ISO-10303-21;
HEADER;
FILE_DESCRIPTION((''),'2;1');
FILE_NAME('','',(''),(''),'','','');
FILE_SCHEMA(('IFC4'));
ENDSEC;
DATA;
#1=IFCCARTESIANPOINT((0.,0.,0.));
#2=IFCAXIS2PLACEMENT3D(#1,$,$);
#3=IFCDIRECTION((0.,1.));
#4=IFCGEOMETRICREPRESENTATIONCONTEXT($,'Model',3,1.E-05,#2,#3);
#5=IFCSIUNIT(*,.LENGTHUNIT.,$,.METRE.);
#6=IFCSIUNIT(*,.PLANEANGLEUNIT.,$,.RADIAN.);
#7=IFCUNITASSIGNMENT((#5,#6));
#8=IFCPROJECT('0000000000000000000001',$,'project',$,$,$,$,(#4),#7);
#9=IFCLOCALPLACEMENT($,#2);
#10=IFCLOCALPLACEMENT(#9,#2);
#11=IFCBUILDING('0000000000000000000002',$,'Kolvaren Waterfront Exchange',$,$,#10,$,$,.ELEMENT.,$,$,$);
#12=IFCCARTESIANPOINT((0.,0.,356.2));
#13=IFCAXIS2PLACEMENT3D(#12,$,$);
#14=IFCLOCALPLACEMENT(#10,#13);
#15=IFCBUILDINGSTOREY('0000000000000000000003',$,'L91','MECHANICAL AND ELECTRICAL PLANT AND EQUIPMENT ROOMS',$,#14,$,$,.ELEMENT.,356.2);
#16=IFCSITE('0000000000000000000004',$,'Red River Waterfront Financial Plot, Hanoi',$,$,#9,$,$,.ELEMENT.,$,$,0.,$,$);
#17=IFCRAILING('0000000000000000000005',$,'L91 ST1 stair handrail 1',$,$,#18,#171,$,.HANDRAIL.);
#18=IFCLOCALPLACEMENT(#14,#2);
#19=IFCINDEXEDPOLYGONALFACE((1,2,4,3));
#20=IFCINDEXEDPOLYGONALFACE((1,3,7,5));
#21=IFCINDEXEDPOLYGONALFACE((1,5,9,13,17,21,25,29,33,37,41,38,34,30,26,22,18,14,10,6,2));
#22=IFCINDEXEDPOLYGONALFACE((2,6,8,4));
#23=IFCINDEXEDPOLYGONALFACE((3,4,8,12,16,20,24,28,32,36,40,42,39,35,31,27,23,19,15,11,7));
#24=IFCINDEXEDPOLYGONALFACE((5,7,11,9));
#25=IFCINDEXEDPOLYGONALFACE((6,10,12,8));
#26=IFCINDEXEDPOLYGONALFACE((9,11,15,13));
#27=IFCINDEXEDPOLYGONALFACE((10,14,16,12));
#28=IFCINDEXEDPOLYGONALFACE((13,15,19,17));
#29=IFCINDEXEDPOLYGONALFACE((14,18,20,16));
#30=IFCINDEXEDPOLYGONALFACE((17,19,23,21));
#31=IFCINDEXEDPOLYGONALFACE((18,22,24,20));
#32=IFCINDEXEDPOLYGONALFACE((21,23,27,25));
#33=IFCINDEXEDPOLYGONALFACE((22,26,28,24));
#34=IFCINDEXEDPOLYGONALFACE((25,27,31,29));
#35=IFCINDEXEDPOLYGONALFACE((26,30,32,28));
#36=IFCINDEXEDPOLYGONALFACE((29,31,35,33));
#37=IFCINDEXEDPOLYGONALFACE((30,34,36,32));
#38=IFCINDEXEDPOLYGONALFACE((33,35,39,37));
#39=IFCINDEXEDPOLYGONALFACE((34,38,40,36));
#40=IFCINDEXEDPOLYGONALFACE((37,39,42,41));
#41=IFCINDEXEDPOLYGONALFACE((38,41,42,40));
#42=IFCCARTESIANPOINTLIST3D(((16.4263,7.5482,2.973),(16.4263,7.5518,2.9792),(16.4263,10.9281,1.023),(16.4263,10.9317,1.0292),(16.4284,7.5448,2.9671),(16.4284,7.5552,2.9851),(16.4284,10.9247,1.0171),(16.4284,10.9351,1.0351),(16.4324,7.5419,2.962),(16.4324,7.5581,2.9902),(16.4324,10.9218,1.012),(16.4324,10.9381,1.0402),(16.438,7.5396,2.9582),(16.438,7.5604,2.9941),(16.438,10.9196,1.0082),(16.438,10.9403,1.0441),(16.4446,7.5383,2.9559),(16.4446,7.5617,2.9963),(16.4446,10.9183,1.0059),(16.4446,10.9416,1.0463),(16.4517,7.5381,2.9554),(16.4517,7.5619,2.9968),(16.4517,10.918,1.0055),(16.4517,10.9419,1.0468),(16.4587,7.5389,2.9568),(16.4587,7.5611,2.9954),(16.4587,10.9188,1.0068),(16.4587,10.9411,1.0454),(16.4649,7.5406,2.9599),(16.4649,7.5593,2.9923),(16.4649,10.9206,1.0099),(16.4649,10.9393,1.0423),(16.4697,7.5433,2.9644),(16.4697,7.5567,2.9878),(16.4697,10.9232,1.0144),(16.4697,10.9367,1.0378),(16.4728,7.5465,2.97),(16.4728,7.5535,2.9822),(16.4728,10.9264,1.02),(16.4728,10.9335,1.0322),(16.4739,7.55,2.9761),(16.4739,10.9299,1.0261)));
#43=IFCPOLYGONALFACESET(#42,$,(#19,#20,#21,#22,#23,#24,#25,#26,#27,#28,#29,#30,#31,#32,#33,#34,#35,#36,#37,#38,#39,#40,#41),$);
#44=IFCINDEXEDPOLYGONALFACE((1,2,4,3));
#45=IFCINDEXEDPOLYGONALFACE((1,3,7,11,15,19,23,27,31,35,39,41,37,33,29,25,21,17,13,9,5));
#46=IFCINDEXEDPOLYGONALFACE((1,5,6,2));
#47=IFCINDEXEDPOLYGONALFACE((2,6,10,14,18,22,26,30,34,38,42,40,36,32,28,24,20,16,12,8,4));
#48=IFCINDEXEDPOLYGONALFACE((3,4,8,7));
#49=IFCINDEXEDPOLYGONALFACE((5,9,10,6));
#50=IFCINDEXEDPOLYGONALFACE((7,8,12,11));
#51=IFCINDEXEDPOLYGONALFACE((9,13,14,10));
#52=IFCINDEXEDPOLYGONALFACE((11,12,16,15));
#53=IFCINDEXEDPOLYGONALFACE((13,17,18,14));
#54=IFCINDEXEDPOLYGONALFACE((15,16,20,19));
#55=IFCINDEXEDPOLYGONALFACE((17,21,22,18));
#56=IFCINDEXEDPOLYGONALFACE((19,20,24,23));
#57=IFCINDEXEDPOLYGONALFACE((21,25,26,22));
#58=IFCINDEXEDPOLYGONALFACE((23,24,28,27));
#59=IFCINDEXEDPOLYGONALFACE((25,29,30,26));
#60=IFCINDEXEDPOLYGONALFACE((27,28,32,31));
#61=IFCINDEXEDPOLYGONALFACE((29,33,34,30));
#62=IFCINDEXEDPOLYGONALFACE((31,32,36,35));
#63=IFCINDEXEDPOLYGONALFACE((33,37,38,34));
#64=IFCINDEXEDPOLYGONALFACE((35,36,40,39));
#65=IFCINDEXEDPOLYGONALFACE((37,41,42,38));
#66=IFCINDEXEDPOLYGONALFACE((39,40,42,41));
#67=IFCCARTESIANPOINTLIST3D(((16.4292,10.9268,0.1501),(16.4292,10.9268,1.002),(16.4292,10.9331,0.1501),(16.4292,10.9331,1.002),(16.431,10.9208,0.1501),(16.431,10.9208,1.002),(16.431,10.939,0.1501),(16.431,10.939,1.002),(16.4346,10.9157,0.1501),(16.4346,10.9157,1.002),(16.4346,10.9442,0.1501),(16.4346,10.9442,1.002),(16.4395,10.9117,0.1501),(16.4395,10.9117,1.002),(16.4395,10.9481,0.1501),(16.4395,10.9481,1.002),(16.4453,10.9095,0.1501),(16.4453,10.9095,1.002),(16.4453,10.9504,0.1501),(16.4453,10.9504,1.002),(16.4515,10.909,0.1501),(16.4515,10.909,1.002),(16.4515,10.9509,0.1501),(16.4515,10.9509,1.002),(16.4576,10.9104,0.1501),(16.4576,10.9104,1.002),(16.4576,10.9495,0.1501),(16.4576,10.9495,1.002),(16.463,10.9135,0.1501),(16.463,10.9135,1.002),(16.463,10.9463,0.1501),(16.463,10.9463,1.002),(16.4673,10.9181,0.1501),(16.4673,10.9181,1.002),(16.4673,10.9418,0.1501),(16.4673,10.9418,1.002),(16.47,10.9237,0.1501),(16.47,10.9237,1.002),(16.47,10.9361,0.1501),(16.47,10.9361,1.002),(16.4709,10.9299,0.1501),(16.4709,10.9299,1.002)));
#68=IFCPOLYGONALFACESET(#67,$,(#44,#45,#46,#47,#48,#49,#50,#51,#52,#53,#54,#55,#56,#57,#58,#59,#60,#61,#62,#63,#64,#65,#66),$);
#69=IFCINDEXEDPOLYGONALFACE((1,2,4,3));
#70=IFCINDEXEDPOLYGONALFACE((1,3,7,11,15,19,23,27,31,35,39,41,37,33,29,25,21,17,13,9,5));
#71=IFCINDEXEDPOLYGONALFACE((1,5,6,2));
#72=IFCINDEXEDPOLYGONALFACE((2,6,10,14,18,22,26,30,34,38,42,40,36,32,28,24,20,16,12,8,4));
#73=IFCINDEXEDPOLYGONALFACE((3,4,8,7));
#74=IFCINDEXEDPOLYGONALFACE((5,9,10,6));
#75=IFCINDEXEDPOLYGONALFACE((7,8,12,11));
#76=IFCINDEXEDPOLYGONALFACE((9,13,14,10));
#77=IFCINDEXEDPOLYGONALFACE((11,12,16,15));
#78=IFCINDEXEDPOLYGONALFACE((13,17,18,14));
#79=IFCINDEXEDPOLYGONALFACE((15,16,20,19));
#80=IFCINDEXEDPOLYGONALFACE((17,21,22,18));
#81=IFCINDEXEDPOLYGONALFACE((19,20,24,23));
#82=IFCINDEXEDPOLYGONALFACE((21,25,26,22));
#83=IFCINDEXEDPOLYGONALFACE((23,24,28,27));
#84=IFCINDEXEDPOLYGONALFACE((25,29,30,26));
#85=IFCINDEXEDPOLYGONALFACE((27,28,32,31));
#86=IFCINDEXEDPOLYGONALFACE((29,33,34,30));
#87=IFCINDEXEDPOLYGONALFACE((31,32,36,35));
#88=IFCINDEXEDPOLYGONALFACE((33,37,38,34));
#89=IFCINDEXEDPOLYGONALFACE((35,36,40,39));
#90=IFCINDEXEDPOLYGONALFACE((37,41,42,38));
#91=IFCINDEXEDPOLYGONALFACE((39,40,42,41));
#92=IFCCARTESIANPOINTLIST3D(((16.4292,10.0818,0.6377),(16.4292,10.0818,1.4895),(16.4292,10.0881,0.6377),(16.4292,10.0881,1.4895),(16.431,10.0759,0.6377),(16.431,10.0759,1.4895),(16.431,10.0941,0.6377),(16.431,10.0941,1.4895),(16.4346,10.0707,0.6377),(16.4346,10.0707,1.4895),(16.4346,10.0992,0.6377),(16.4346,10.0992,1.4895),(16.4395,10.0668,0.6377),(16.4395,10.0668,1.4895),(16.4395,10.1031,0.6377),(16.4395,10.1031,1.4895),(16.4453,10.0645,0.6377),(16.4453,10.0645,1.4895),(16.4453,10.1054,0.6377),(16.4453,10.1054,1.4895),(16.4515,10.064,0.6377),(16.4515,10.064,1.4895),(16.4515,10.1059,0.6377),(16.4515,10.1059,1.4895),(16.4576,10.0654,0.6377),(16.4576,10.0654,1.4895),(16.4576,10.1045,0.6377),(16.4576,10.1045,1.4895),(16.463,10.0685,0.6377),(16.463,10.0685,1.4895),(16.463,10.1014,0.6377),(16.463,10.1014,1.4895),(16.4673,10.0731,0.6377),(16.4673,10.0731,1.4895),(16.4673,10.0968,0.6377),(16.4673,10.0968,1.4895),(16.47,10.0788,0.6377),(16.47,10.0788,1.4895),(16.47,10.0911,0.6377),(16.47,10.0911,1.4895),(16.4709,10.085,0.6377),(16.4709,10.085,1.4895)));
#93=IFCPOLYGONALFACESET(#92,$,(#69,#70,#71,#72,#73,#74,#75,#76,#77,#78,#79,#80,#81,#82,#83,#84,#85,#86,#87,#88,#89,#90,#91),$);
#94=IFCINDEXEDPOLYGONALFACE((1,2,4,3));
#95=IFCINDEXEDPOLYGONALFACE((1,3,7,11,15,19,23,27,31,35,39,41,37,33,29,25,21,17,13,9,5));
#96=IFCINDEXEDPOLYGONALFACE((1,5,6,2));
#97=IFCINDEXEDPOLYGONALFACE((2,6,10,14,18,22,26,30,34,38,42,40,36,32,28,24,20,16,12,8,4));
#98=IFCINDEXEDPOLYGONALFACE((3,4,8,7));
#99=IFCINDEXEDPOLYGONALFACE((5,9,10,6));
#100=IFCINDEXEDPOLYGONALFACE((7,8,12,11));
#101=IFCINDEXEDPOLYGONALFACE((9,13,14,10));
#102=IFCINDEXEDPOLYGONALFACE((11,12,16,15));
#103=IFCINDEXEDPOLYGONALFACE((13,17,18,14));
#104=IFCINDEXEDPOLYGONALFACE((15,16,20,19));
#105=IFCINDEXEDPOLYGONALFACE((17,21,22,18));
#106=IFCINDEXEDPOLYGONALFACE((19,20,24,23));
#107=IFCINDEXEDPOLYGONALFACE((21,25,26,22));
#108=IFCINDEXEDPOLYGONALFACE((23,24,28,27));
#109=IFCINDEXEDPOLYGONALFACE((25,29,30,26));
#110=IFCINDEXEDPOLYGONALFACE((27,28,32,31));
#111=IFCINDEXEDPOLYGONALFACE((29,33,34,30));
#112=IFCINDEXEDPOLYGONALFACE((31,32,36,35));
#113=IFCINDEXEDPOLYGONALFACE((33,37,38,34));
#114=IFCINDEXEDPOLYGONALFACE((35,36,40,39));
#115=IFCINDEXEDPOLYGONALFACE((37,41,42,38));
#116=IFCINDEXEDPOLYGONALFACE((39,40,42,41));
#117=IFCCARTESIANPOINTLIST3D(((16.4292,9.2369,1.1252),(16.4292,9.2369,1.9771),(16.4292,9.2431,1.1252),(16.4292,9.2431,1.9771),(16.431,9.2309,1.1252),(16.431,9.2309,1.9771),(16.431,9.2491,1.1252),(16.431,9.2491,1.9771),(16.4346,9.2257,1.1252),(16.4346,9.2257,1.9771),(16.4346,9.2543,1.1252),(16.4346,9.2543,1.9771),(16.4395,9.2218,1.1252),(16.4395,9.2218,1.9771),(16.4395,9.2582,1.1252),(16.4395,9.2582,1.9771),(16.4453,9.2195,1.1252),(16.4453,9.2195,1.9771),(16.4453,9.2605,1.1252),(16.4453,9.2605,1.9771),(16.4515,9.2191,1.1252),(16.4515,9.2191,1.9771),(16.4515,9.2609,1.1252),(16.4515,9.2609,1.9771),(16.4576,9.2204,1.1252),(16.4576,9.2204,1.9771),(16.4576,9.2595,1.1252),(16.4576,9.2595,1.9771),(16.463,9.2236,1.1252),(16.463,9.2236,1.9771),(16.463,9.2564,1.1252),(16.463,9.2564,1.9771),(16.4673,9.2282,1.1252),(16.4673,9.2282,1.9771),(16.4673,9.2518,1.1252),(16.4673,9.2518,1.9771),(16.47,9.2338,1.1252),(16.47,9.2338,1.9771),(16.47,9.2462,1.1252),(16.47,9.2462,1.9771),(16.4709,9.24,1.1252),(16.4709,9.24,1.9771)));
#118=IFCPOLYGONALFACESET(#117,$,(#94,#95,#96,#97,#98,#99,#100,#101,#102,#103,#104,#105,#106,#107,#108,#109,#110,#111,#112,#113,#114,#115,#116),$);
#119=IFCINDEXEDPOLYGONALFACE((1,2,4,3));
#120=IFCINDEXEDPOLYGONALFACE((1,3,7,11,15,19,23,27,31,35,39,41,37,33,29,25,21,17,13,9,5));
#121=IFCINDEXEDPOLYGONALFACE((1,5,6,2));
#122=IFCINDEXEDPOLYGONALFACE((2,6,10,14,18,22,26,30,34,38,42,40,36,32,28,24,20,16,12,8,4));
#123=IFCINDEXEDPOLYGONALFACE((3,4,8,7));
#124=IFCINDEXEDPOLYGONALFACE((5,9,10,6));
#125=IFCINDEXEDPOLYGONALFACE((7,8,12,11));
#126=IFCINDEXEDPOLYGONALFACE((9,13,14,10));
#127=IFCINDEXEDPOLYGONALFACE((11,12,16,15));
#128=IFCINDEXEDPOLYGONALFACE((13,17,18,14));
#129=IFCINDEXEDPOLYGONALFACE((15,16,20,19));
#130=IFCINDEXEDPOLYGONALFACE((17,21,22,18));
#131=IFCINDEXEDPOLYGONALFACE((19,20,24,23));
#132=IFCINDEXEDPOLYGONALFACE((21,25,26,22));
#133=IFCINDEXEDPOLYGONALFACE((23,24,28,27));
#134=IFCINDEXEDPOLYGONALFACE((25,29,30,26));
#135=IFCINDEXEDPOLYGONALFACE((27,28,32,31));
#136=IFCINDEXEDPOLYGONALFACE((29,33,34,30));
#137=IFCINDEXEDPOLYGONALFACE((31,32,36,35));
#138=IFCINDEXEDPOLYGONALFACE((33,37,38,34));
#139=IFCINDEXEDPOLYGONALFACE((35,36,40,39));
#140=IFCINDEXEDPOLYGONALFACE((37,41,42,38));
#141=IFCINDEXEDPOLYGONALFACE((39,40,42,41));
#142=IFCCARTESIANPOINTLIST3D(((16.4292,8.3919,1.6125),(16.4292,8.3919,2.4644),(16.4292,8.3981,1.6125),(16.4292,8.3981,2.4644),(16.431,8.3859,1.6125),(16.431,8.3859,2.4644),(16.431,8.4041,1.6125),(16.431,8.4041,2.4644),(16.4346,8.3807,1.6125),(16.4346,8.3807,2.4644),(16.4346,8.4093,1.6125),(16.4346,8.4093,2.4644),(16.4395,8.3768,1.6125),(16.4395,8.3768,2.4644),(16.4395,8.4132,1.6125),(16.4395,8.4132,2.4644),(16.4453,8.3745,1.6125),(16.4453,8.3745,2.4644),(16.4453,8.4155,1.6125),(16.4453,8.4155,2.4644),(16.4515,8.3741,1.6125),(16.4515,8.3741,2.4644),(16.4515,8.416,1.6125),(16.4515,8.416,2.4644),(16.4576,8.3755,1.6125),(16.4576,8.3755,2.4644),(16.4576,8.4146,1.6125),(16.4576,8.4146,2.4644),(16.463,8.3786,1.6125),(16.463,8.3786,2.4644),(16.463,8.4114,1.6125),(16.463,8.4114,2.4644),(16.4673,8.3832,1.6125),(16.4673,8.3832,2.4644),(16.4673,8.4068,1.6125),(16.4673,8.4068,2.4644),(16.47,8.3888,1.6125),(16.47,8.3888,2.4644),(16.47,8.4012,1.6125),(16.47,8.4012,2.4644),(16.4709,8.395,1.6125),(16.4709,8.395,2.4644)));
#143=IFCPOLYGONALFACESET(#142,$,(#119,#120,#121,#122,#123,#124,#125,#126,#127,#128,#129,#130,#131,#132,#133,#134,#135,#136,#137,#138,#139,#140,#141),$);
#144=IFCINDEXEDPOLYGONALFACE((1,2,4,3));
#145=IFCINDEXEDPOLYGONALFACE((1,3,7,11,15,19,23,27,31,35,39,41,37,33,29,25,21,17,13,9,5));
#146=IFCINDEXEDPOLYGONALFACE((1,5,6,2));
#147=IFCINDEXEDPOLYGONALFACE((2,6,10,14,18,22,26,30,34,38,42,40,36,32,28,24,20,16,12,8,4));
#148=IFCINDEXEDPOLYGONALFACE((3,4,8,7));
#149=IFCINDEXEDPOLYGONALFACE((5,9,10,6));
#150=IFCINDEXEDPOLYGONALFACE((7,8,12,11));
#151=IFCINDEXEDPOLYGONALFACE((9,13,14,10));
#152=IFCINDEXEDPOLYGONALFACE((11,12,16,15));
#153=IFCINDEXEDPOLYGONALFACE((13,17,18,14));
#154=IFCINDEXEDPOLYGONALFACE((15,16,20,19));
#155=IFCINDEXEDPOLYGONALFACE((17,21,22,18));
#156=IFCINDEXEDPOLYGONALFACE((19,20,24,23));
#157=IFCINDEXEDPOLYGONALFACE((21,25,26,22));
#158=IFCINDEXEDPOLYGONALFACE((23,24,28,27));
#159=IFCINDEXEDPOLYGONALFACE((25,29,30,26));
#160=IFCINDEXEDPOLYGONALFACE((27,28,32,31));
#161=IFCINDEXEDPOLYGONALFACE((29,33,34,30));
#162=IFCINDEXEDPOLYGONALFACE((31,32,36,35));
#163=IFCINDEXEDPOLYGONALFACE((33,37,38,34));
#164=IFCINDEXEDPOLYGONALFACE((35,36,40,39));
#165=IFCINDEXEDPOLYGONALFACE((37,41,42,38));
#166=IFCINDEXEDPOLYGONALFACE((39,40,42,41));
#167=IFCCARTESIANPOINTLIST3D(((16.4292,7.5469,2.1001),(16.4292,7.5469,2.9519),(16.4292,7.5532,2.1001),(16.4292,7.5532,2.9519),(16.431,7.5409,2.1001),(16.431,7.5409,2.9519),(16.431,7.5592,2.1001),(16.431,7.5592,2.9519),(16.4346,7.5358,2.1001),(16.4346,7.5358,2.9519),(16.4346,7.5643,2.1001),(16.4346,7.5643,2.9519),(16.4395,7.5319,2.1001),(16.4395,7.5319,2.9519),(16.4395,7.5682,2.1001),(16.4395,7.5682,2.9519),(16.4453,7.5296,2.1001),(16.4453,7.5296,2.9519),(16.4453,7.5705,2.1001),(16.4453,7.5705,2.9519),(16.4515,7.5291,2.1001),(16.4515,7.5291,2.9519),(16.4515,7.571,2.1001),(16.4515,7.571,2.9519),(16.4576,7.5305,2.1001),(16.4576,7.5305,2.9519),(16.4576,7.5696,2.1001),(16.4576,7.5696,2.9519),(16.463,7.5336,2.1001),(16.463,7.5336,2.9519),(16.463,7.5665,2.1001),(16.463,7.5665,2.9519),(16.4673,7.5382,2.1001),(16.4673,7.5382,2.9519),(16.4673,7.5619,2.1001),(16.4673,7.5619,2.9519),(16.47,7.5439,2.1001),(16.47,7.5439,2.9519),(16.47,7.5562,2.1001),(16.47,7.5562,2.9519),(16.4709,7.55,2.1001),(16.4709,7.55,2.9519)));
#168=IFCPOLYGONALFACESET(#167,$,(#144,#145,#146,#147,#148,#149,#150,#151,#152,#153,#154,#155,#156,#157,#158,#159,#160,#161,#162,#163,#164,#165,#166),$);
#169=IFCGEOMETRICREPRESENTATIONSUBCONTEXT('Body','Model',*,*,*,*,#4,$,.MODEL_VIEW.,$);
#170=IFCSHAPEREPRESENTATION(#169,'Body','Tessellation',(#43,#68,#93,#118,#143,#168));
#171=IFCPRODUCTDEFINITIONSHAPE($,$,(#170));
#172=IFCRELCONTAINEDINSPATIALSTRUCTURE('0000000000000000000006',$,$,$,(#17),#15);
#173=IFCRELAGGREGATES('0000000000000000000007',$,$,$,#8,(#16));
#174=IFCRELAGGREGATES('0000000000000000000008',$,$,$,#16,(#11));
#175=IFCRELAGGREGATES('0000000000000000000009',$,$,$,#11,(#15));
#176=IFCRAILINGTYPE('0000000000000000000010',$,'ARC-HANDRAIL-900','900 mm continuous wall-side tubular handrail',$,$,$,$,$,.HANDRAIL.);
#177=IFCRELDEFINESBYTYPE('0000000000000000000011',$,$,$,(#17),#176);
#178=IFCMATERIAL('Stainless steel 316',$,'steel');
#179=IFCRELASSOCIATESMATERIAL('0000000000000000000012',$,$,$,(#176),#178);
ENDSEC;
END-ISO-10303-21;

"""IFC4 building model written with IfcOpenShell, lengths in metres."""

from ifc_helpers import new_model, si_unit, direction, frame, origin, origin_2d, place, context, subcontext, project, spatial, circle, extrude, material, type_object, element, save


model = new_model("IFC4")

# Units and contexts
model_context = context("Model", 3, precision=1e-05, world=origin(), true_north=direction((0.0, 1.0)))
body_context = subcontext(model_context, "Body", "Model", "MODEL_VIEW")
ifc_project = project(units=[si_unit("LENGTHUNIT", "METRE"), si_unit("PLANEANGLEUNIT", "RADIAN")], contexts=[model_context])

# Site, building, storey
site_placement = place(None, origin())
site = spatial("IfcSite", under=ifc_project, at=site_placement, Name="Red River Waterfront Financial Plot, Hanoi", CompositionType="ELEMENT", RefElevation=0.0)
building_placement = place(site_placement, origin())
building = spatial("IfcBuilding", under=site, at=building_placement, Name="Kolvaren Waterfront Exchange", CompositionType="ELEMENT")
storey_placement = place(building_placement, frame((0.0, 0.0, 356.2)))
storey = spatial("IfcBuildingStorey", under=building, at=storey_placement, Name="L91", Description="MECHANICAL AND ELECTRICAL PLANT AND EQUIPMENT ROOMS", CompositionType="ELEMENT", Elevation=356.2)

# Railing
ifc_material_1 = material(Name="Stainless steel 316", Category="steel")
railing_type_1 = type_object("IfcRailingType", Name="ARC-HANDRAIL-900", Description="900 mm continuous wall-side tubular handrail", PredefinedType="HANDRAIL", material=ifc_material_1)
railing_1_placement = place(storey_placement, frame((16.45, 10.9299, 0.1501)))
element("IfcRailing", 1, at=railing_1_placement, inside=storey, type_object=railing_type_1, Name="L91 ST1 stair handrail 1", PredefinedType="HANDRAIL", context=body_context, shape_type="SweptSolid", body=[
    extrude(circle(Radius=0.0239, at=origin_2d()), frame((0.0, 0.0, 0.876), z_axis=(0.0, -0.866184, 0.499726), x_axis=(1.0, 0.0, 0.0)), (0.0, 0.0, 1.0), 3.9021),
    extrude(circle(Radius=0.021, at=origin_2d()), origin(), (0.0, 0.0, 1.0), 0.8518),
    extrude(circle(Radius=0.021, at=origin_2d()), frame((0.0, -0.845, 0.4875)), (0.0, 0.0, 1.0), 0.8518),
    extrude(circle(Radius=0.021, at=origin_2d()), frame((0.0, -1.6899, 0.9751)), (0.0, 0.0, 1.0), 0.8518),
    extrude(circle(Radius=0.021, at=origin_2d()), frame((0.0, -2.5349, 1.4624)), (0.0, 0.0, 1.0), 0.8518),
    extrude(circle(Radius=0.021, at=origin_2d()), frame((0.0, -3.3799, 1.95)), (0.0, 0.0, 1.0), 0.8518),
])

save(model, "model.ifc")
